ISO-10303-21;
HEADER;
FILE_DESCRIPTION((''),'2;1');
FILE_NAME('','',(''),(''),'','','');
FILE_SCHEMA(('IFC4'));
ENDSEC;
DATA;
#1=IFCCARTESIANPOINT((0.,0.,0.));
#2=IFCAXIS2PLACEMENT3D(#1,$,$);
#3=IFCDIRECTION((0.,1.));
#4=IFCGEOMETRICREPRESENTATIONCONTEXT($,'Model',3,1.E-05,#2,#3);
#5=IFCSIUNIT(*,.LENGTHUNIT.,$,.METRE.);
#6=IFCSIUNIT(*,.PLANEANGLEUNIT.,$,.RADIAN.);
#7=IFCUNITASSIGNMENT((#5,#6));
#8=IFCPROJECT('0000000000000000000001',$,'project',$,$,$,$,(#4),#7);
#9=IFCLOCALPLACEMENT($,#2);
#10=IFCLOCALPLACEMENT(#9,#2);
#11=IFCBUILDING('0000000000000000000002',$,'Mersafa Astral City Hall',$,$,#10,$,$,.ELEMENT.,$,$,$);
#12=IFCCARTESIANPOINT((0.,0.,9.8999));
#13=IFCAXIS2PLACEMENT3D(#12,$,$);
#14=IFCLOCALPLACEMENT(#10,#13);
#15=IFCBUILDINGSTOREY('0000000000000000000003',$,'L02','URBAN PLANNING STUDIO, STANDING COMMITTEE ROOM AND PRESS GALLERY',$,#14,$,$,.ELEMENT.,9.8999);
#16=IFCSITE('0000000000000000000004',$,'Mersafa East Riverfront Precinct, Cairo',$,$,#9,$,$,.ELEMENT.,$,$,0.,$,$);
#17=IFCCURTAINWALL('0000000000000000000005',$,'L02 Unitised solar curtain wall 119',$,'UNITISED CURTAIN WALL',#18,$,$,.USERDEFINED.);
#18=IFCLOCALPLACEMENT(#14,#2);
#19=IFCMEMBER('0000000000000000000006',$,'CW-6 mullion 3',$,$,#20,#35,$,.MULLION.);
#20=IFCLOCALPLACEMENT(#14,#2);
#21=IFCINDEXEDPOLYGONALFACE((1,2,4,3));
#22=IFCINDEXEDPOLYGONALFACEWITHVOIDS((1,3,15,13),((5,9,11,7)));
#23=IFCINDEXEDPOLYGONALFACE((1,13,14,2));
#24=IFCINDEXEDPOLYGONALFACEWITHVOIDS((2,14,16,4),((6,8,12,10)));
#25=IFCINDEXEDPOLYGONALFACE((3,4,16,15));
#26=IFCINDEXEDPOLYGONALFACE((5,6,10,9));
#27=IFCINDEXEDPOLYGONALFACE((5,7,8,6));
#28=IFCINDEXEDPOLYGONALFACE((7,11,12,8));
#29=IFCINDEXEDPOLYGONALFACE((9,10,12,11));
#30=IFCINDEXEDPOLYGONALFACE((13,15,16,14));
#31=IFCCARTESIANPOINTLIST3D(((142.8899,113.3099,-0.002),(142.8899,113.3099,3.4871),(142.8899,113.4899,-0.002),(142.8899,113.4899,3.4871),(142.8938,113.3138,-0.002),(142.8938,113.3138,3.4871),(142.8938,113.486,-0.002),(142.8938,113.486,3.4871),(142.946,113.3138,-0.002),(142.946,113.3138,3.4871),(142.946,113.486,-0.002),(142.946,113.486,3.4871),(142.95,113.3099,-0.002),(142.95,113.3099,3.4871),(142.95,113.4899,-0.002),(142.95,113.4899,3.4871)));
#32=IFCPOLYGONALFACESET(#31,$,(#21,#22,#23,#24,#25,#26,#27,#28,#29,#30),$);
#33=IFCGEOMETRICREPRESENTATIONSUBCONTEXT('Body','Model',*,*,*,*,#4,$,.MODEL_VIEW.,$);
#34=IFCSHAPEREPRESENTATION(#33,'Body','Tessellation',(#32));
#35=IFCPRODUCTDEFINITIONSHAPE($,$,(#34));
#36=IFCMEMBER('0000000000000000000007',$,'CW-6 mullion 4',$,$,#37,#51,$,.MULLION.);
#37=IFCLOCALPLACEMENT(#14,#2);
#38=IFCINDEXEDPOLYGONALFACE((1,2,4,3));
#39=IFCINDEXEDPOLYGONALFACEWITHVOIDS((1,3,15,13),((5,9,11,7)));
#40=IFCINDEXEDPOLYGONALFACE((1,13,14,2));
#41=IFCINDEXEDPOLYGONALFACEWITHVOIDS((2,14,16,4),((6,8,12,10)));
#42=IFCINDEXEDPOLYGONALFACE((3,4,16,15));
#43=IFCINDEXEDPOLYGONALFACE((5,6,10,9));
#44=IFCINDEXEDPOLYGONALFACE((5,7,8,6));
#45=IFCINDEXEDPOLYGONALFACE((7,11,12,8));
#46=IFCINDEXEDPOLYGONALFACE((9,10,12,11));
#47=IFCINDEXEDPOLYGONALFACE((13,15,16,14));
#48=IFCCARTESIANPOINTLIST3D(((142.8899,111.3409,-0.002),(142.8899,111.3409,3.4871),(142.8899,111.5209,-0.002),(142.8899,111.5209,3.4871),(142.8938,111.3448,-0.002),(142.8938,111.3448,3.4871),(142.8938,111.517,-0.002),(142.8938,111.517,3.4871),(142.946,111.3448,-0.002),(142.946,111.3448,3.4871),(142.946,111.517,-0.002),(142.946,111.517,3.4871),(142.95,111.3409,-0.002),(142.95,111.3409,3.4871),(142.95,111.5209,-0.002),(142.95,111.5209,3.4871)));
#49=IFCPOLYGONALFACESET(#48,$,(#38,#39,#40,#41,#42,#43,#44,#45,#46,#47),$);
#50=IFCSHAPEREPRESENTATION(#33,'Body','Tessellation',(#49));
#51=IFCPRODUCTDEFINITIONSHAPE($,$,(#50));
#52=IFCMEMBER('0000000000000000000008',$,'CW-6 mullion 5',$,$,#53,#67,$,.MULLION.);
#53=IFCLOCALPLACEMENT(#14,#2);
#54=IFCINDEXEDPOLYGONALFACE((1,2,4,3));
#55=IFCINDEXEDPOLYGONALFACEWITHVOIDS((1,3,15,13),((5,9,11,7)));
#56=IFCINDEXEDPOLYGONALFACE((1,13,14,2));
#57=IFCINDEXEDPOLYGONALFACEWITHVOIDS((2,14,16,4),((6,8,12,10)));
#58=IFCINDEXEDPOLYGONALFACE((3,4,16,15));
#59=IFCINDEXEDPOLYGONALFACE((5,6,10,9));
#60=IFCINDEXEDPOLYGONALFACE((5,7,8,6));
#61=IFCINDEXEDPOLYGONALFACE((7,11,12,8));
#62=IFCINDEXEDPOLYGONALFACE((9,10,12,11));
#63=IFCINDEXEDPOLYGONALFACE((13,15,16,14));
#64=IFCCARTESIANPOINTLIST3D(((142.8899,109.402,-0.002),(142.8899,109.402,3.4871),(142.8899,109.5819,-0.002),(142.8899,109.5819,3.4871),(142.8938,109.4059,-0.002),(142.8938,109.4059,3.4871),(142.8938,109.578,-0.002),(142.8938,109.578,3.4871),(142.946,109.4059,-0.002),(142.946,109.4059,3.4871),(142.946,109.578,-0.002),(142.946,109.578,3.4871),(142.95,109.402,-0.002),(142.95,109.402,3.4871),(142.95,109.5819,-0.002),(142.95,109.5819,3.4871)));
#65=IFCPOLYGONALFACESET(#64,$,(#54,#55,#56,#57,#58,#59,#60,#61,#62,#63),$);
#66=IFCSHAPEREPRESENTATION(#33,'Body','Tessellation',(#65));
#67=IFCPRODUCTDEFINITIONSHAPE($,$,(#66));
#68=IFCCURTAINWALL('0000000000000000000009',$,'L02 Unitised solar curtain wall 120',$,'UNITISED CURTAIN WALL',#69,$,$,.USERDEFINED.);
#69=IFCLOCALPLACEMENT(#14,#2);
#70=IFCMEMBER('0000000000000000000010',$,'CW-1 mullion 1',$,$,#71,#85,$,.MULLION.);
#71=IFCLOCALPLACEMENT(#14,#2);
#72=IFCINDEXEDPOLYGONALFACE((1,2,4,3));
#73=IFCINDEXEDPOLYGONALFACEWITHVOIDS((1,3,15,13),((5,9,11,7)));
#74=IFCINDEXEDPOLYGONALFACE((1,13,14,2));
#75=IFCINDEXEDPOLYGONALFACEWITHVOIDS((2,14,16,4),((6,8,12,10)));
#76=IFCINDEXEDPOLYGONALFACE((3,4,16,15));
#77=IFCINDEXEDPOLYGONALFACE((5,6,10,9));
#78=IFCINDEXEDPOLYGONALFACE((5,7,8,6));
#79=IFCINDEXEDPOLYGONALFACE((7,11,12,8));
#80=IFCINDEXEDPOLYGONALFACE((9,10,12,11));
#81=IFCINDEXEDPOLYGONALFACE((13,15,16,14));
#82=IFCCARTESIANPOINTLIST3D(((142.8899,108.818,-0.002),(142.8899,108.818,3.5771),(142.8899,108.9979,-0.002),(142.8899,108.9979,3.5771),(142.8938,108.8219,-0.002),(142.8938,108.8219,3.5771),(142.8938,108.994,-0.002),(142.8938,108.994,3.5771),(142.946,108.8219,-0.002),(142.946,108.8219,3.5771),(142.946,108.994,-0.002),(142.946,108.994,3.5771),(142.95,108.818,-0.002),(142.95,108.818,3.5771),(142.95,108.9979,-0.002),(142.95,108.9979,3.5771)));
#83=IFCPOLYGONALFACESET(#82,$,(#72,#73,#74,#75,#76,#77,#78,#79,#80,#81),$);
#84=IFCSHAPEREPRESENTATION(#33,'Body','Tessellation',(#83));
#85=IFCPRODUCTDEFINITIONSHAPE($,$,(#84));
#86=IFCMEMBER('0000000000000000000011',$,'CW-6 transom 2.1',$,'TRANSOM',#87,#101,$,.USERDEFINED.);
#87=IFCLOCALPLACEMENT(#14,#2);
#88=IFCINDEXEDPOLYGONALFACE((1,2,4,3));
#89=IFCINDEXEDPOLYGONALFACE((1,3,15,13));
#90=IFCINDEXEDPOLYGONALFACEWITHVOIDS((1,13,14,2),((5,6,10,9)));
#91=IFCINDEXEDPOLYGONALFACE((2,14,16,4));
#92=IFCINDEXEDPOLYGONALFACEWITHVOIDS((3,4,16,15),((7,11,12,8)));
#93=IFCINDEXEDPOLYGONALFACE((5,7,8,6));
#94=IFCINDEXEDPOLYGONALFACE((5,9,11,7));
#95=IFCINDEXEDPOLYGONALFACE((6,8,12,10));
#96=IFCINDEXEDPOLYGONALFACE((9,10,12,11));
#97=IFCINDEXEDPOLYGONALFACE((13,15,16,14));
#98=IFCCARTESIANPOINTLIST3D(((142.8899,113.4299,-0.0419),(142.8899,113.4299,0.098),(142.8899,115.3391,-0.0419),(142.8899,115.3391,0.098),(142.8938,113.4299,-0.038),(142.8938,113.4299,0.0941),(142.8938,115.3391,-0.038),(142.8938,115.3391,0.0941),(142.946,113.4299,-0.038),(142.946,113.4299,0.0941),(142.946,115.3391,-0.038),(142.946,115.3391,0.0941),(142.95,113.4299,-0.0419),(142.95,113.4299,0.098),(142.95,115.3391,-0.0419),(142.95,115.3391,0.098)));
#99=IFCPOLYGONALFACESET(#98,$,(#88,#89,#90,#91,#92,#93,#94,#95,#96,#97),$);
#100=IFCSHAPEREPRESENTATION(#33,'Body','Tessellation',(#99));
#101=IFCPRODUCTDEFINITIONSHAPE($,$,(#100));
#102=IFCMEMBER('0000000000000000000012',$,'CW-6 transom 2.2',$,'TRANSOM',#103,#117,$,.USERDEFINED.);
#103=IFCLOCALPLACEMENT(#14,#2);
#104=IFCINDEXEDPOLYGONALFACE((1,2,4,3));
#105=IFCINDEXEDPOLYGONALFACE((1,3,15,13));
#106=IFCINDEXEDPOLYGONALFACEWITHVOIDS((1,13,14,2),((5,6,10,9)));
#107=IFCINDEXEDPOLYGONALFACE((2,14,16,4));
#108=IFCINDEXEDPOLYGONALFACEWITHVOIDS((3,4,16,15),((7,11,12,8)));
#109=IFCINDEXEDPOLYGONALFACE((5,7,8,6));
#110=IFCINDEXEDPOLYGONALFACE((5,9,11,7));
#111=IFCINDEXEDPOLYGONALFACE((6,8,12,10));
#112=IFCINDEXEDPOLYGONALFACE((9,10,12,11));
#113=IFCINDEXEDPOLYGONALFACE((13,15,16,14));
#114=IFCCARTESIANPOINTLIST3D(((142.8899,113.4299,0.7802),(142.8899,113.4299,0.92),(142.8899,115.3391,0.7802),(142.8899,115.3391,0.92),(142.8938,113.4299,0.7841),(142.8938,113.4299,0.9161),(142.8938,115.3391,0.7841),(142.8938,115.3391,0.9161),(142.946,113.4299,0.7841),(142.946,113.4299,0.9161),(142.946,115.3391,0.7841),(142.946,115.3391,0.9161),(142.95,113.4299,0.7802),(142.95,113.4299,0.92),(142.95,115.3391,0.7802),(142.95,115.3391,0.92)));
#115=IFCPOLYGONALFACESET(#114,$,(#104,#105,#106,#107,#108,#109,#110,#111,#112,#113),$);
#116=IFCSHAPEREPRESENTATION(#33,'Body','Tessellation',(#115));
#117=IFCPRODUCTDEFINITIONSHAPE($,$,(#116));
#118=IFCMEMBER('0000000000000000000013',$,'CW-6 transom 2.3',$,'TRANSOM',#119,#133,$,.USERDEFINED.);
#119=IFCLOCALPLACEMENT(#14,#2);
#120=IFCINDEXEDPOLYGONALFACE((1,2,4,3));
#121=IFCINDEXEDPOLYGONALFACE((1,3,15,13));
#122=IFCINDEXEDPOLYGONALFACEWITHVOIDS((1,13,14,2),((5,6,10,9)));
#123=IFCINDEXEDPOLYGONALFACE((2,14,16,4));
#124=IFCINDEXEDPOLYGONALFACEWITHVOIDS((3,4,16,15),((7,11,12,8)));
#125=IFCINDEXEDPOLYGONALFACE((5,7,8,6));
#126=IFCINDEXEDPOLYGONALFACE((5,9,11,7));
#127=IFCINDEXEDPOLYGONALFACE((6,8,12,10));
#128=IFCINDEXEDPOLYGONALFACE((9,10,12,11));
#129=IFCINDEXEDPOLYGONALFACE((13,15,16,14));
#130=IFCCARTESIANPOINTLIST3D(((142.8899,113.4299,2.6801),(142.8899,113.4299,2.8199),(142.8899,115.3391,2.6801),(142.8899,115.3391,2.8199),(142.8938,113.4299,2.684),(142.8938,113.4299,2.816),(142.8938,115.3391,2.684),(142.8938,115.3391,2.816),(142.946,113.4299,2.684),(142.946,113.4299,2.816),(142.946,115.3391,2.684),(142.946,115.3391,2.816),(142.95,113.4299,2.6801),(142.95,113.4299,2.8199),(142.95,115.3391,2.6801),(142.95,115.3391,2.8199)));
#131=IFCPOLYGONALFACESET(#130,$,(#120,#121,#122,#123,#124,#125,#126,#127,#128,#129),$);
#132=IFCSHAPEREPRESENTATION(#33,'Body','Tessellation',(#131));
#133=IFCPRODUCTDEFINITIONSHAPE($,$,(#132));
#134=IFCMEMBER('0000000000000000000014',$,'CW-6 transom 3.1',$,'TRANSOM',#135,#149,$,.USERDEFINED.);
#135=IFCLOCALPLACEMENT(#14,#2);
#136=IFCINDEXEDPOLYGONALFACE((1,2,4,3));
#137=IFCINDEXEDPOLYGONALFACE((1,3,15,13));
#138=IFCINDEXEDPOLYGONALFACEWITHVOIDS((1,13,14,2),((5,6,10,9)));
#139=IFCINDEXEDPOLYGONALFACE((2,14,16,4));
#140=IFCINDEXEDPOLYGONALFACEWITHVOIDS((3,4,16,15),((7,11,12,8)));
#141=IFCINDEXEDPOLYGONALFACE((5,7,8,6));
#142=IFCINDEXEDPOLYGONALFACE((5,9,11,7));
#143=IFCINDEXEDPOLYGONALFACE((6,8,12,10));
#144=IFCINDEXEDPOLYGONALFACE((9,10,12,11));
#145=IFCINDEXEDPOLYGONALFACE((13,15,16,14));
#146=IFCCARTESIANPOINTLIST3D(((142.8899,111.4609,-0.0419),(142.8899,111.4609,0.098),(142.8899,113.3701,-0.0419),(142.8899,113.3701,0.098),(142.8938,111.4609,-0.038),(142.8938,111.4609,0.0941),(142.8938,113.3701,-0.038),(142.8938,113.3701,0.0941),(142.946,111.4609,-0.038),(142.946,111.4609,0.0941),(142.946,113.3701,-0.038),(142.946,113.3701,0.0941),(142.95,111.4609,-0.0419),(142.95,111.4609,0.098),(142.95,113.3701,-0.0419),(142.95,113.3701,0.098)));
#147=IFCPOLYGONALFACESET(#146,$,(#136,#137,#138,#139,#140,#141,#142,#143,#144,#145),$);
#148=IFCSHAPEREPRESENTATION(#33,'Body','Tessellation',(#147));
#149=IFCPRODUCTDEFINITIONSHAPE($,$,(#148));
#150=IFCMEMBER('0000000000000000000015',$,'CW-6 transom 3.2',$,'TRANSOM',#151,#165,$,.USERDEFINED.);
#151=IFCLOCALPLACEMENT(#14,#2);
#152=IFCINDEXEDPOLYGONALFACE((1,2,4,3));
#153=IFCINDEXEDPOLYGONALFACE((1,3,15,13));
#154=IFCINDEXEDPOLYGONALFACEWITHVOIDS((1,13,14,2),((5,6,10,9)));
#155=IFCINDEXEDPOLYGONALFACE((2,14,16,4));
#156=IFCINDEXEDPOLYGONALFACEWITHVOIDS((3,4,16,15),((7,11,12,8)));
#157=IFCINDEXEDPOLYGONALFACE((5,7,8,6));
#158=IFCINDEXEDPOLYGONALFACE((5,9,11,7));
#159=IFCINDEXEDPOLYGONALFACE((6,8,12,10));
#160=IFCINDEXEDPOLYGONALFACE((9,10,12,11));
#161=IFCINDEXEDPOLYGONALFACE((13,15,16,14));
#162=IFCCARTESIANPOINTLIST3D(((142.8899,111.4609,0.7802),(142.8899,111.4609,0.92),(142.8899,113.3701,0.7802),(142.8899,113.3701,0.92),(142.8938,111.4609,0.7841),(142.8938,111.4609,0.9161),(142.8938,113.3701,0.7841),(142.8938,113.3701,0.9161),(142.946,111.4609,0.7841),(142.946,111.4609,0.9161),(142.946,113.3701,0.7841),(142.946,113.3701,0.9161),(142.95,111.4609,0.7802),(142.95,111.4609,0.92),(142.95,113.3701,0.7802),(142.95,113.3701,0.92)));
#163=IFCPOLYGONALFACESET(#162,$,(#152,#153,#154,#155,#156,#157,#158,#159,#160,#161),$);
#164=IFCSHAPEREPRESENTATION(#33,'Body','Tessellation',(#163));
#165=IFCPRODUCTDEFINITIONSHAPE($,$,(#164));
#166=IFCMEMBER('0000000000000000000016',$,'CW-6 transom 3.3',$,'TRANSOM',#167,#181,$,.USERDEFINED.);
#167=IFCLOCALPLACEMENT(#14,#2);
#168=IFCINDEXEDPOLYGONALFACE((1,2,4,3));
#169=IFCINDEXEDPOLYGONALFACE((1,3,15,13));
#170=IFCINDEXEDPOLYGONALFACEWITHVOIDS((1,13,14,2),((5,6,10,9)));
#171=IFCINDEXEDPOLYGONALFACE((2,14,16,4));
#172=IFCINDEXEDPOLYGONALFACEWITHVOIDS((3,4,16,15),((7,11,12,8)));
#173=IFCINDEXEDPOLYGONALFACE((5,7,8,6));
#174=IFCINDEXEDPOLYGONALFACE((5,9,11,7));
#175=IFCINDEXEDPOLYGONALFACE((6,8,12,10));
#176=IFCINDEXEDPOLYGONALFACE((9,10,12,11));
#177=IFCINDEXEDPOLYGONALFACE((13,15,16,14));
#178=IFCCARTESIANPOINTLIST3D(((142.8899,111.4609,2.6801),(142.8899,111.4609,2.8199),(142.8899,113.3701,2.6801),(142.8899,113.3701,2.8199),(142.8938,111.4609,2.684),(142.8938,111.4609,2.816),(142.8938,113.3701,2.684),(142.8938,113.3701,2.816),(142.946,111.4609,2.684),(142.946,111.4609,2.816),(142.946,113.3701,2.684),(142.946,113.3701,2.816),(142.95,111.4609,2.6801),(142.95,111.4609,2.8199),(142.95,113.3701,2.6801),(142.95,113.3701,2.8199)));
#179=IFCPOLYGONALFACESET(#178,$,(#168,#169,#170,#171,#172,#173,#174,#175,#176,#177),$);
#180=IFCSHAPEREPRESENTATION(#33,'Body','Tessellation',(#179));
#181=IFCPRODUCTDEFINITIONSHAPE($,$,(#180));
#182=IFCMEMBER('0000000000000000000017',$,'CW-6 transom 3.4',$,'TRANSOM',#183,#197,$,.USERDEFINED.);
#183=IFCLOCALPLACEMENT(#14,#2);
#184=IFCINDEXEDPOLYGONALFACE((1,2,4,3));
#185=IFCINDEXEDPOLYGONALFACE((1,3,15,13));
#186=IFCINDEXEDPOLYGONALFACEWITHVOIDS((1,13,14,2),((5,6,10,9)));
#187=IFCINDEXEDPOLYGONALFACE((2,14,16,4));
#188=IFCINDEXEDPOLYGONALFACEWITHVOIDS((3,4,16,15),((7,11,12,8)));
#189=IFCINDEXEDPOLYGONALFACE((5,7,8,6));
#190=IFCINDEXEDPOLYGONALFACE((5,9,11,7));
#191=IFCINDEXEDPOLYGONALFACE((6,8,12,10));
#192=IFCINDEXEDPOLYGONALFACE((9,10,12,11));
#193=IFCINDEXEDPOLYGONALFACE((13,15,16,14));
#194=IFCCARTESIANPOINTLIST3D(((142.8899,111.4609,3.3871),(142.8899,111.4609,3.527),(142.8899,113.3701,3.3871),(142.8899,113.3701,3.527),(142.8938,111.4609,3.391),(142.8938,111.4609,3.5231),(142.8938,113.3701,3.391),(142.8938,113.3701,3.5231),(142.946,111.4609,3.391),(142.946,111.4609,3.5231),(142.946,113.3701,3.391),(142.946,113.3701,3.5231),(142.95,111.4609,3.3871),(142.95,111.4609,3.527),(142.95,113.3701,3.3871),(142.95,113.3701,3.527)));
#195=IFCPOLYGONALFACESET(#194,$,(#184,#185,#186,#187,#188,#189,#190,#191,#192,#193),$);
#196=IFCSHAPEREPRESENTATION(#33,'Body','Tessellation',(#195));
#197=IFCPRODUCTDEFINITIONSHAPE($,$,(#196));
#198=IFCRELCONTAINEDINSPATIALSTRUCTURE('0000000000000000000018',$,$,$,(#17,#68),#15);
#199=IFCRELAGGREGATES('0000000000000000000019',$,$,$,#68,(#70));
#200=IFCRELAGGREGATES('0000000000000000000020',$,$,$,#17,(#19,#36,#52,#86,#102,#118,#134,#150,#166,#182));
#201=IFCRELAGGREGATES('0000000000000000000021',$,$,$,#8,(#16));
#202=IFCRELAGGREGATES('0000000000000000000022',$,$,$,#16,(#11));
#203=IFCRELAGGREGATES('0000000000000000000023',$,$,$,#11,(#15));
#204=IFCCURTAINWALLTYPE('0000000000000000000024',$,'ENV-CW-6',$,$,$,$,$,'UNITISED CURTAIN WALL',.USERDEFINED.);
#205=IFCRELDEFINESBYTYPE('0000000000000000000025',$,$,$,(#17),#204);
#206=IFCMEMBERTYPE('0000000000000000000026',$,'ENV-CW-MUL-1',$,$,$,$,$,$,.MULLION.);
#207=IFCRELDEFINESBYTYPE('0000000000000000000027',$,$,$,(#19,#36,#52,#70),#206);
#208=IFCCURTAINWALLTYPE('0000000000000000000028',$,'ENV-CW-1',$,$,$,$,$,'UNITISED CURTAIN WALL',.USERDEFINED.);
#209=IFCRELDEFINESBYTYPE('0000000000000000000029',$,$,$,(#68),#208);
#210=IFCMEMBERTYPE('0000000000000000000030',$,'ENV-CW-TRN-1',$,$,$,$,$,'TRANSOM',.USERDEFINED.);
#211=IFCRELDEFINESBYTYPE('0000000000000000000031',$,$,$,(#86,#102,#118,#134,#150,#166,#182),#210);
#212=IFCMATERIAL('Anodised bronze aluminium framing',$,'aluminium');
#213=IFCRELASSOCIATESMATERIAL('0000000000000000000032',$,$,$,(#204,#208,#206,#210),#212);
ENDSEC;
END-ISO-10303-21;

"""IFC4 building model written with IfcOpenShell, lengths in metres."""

from ifc_helpers import new_model, si_unit, direction, frame, origin, origin_2d, place, context, subcontext, project, spatial, hollow_rectangle, extrude, material, material_profile, profile_set, type_object, element, aggregate, save


model = new_model("IFC4")

# Units and contexts
model_context = context("Model", 3, precision=1e-05, world=origin(), true_north=direction((0.0, 1.0)))
body_context = subcontext(model_context, "Body", "Model", "MODEL_VIEW")
ifc_project = project(units=[si_unit("LENGTHUNIT", "METRE"), si_unit("PLANEANGLEUNIT", "RADIAN")], contexts=[model_context])

# Site, building, storey
site_placement = place(None, origin())
site = spatial("IfcSite", under=ifc_project, at=site_placement, Name="Mersafa East Riverfront Precinct, Cairo", CompositionType="ELEMENT", RefElevation=0.0)
building_placement = place(site_placement, origin())
building = spatial("IfcBuilding", under=site, at=building_placement, Name="Mersafa Astral City Hall", CompositionType="ELEMENT")
storey_placement = place(building_placement, frame((0.0, 0.0, 9.8999)))
storey = spatial("IfcBuildingStorey", under=building, at=storey_placement, Name="L02", Description="URBAN PLANNING STUDIO, STANDING COMMITTEE ROOM AND PRESS GALLERY", CompositionType="ELEMENT", Elevation=9.8999)

# Curtain wall, members
ifc_material_1 = material(Name="Anodised bronze aluminium framing", Category="aluminium")
curtain_wall_type_1 = type_object("IfcCurtainWallType", Name="ENV-CW-6", ElementType="UNITISED CURTAIN WALL", PredefinedType="USERDEFINED", material=ifc_material_1)
curtain_wall_1_placement = place(storey_placement, origin())
curtain_wall_1 = element("IfcCurtainWall", 1, at=curtain_wall_1_placement, inside=storey, type_object=curtain_wall_type_1, Name="L02 Unitised solar curtain wall 119", ObjectType="UNITISED CURTAIN WALL", PredefinedType="USERDEFINED")
ifc_material_profile_1 = material_profile(ifc_material_1, hollow_rectangle(XDim=0.0601, YDim=0.1799, WallThickness=0.0039, at=origin_2d()), Name="RHS 60x180x4")
ifc_profile_set_1 = profile_set([ifc_material_profile_1], Name="Anodised bronze aluminium framing")
member_type_1 = type_object("IfcMemberType", Name="ENV-CW-MUL-1", PredefinedType="MULLION", material=ifc_profile_set_1)
member_1_placement = place(storey_placement, frame((142.9199, 113.3999, -0.002), z_axis=(0.0, 0.0, 1.0), x_axis=(1.0, 0.0, 0.0)))
member_1 = element("IfcMember", 2, at=member_1_placement, type_object=member_type_1, Name="CW-6 mullion 3", PredefinedType="MULLION", context=body_context, shape_type="SweptSolid", body=[
    extrude(hollow_rectangle(XDim=0.0601, YDim=0.1799, WallThickness=0.0039, at=origin_2d()), origin(), (0.0, 0.0, 1.0), 3.489),
])
member_2_placement = place(storey_placement, frame((142.9199, 111.4309, -0.002), z_axis=(0.0, 0.0, 1.0), x_axis=(1.0, 0.0, 0.0)))
member_2 = element("IfcMember", 3, at=member_2_placement, type_object=member_type_1, Name="CW-6 mullion 4", PredefinedType="MULLION", context=body_context, shape_type="SweptSolid", body=[
    extrude(hollow_rectangle(XDim=0.0601, YDim=0.1799, WallThickness=0.0039, at=origin_2d()), origin(), (0.0, 0.0, 1.0), 3.489),
])
member_3_placement = place(storey_placement, frame((142.9199, 109.4919, -0.002), z_axis=(0.0, 0.0, 1.0), x_axis=(1.0, 0.0, 0.0)))
member_3 = element("IfcMember", 4, at=member_3_placement, type_object=member_type_1, Name="CW-6 mullion 5", PredefinedType="MULLION", context=body_context, shape_type="SweptSolid", body=[
    extrude(hollow_rectangle(XDim=0.0601, YDim=0.1799, WallThickness=0.0039, at=origin_2d()), origin(), (0.0, 0.0, 1.0), 3.489),
])

# Curtain wall, member
curtain_wall_type_2 = type_object("IfcCurtainWallType", Name="ENV-CW-1", ElementType="UNITISED CURTAIN WALL", PredefinedType="USERDEFINED", material=ifc_material_1)
curtain_wall_2_placement = place(storey_placement, origin())
curtain_wall_2 = element("IfcCurtainWall", 5, at=curtain_wall_2_placement, inside=storey, type_object=curtain_wall_type_2, Name="L02 Unitised solar curtain wall 120", ObjectType="UNITISED CURTAIN WALL", PredefinedType="USERDEFINED")
member_4_placement = place(storey_placement, frame((142.9199, 108.908, -0.002), z_axis=(0.0, 0.0, 1.0), x_axis=(1.0, 0.0, 0.0)))
member_4 = element("IfcMember", 6, at=member_4_placement, type_object=member_type_1, Name="CW-1 mullion 1", PredefinedType="MULLION", context=body_context, shape_type="SweptSolid", body=[
    extrude(hollow_rectangle(XDim=0.0601, YDim=0.1799, WallThickness=0.0039, at=origin_2d()), origin(), (0.0, 0.0, 1.0), 3.5791),
])
aggregate(curtain_wall_2, [member_4])

# Members
ifc_material_profile_2 = material_profile(ifc_material_1, hollow_rectangle(XDim=0.0601, YDim=0.1399, WallThickness=0.0039, at=origin_2d()), Name="RHS 60x140x4")
ifc_profile_set_2 = profile_set([ifc_material_profile_2], Name="Anodised bronze aluminium framing")
member_type_2 = type_object("IfcMemberType", Name="ENV-CW-TRN-1", ElementType="TRANSOM", PredefinedType="USERDEFINED", material=ifc_profile_set_2)
member_5_placement = place(storey_placement, frame((142.9199, 115.3391, 0.0281), z_axis=(0.0, -1.0, 0.0), x_axis=(1.0, 0.0, 0.0)))
member_5 = element("IfcMember", 7, at=member_5_placement, type_object=member_type_2, Name="CW-6 transom 2.1", ObjectType="TRANSOM", PredefinedType="USERDEFINED", context=body_context, shape_type="SweptSolid", body=[
    extrude(hollow_rectangle(XDim=0.0601, YDim=0.1399, WallThickness=0.0039, at=origin_2d()), origin(), (0.0, 0.0, 1.0), 1.9092),
])
member_6_placement = place(storey_placement, frame((142.9199, 115.3391, 0.8501), z_axis=(0.0, -1.0, 0.0), x_axis=(1.0, 0.0, 0.0)))
member_6 = element("IfcMember", 8, at=member_6_placement, type_object=member_type_2, Name="CW-6 transom 2.2", ObjectType="TRANSOM", PredefinedType="USERDEFINED", context=body_context, shape_type="SweptSolid", body=[
    extrude(hollow_rectangle(XDim=0.0601, YDim=0.1399, WallThickness=0.0039, at=origin_2d()), origin(), (0.0, 0.0, 1.0), 1.9092),
])
member_7_placement = place(storey_placement, frame((142.9199, 115.3391, 2.75), z_axis=(0.0, -1.0, 0.0), x_axis=(1.0, 0.0, 0.0)))
member_7 = element("IfcMember", 9, at=member_7_placement, type_object=member_type_2, Name="CW-6 transom 2.3", ObjectType="TRANSOM", PredefinedType="USERDEFINED", context=body_context, shape_type="SweptSolid", body=[
    extrude(hollow_rectangle(XDim=0.0601, YDim=0.1399, WallThickness=0.0039, at=origin_2d()), origin(), (0.0, 0.0, 1.0), 1.9092),
])
member_8_placement = place(storey_placement, frame((142.9199, 113.3701, 0.0281), z_axis=(0.0, -1.0, 0.0), x_axis=(1.0, 0.0, 0.0)))
member_8 = element("IfcMember", 10, at=member_8_placement, type_object=member_type_2, Name="CW-6 transom 3.1", ObjectType="TRANSOM", PredefinedType="USERDEFINED", context=body_context, shape_type="SweptSolid", body=[
    extrude(hollow_rectangle(XDim=0.0601, YDim=0.1399, WallThickness=0.0039, at=origin_2d()), origin(), (0.0, 0.0, 1.0), 1.9092),
])
member_9_placement = place(storey_placement, frame((142.9199, 113.3701, 0.8501), z_axis=(0.0, -1.0, 0.0), x_axis=(1.0, 0.0, 0.0)))
member_9 = element("IfcMember", 11, at=member_9_placement, type_object=member_type_2, Name="CW-6 transom 3.2", ObjectType="TRANSOM", PredefinedType="USERDEFINED", context=body_context, shape_type="SweptSolid", body=[
    extrude(hollow_rectangle(XDim=0.0601, YDim=0.1399, WallThickness=0.0039, at=origin_2d()), origin(), (0.0, 0.0, 1.0), 1.9092),
])
member_10_placement = place(storey_placement, frame((142.9199, 113.3701, 2.75), z_axis=(0.0, -1.0, 0.0), x_axis=(1.0, 0.0, 0.0)))
member_10 = element("IfcMember", 12, at=member_10_placement, type_object=member_type_2, Name="CW-6 transom 3.3", ObjectType="TRANSOM", PredefinedType="USERDEFINED", context=body_context, shape_type="SweptSolid", body=[
    extrude(hollow_rectangle(XDim=0.0601, YDim=0.1399, WallThickness=0.0039, at=origin_2d()), origin(), (0.0, 0.0, 1.0), 1.9092),
])
member_11_placement = place(storey_placement, frame((142.9199, 113.3701, 3.457), z_axis=(0.0, -1.0, 0.0), x_axis=(1.0, 0.0, 0.0)))
member_11 = element("IfcMember", 13, at=member_11_placement, type_object=member_type_2, Name="CW-6 transom 3.4", ObjectType="TRANSOM", PredefinedType="USERDEFINED", context=body_context, shape_type="SweptSolid", body=[
    extrude(hollow_rectangle(XDim=0.0601, YDim=0.1399, WallThickness=0.0039, at=origin_2d()), origin(), (0.0, 0.0, 1.0), 1.9092),
])

aggregate(curtain_wall_1, [member_1, member_2, member_3, member_5, member_6, member_7, member_8, member_9, member_10, member_11])

save(model, "model.ifc")
